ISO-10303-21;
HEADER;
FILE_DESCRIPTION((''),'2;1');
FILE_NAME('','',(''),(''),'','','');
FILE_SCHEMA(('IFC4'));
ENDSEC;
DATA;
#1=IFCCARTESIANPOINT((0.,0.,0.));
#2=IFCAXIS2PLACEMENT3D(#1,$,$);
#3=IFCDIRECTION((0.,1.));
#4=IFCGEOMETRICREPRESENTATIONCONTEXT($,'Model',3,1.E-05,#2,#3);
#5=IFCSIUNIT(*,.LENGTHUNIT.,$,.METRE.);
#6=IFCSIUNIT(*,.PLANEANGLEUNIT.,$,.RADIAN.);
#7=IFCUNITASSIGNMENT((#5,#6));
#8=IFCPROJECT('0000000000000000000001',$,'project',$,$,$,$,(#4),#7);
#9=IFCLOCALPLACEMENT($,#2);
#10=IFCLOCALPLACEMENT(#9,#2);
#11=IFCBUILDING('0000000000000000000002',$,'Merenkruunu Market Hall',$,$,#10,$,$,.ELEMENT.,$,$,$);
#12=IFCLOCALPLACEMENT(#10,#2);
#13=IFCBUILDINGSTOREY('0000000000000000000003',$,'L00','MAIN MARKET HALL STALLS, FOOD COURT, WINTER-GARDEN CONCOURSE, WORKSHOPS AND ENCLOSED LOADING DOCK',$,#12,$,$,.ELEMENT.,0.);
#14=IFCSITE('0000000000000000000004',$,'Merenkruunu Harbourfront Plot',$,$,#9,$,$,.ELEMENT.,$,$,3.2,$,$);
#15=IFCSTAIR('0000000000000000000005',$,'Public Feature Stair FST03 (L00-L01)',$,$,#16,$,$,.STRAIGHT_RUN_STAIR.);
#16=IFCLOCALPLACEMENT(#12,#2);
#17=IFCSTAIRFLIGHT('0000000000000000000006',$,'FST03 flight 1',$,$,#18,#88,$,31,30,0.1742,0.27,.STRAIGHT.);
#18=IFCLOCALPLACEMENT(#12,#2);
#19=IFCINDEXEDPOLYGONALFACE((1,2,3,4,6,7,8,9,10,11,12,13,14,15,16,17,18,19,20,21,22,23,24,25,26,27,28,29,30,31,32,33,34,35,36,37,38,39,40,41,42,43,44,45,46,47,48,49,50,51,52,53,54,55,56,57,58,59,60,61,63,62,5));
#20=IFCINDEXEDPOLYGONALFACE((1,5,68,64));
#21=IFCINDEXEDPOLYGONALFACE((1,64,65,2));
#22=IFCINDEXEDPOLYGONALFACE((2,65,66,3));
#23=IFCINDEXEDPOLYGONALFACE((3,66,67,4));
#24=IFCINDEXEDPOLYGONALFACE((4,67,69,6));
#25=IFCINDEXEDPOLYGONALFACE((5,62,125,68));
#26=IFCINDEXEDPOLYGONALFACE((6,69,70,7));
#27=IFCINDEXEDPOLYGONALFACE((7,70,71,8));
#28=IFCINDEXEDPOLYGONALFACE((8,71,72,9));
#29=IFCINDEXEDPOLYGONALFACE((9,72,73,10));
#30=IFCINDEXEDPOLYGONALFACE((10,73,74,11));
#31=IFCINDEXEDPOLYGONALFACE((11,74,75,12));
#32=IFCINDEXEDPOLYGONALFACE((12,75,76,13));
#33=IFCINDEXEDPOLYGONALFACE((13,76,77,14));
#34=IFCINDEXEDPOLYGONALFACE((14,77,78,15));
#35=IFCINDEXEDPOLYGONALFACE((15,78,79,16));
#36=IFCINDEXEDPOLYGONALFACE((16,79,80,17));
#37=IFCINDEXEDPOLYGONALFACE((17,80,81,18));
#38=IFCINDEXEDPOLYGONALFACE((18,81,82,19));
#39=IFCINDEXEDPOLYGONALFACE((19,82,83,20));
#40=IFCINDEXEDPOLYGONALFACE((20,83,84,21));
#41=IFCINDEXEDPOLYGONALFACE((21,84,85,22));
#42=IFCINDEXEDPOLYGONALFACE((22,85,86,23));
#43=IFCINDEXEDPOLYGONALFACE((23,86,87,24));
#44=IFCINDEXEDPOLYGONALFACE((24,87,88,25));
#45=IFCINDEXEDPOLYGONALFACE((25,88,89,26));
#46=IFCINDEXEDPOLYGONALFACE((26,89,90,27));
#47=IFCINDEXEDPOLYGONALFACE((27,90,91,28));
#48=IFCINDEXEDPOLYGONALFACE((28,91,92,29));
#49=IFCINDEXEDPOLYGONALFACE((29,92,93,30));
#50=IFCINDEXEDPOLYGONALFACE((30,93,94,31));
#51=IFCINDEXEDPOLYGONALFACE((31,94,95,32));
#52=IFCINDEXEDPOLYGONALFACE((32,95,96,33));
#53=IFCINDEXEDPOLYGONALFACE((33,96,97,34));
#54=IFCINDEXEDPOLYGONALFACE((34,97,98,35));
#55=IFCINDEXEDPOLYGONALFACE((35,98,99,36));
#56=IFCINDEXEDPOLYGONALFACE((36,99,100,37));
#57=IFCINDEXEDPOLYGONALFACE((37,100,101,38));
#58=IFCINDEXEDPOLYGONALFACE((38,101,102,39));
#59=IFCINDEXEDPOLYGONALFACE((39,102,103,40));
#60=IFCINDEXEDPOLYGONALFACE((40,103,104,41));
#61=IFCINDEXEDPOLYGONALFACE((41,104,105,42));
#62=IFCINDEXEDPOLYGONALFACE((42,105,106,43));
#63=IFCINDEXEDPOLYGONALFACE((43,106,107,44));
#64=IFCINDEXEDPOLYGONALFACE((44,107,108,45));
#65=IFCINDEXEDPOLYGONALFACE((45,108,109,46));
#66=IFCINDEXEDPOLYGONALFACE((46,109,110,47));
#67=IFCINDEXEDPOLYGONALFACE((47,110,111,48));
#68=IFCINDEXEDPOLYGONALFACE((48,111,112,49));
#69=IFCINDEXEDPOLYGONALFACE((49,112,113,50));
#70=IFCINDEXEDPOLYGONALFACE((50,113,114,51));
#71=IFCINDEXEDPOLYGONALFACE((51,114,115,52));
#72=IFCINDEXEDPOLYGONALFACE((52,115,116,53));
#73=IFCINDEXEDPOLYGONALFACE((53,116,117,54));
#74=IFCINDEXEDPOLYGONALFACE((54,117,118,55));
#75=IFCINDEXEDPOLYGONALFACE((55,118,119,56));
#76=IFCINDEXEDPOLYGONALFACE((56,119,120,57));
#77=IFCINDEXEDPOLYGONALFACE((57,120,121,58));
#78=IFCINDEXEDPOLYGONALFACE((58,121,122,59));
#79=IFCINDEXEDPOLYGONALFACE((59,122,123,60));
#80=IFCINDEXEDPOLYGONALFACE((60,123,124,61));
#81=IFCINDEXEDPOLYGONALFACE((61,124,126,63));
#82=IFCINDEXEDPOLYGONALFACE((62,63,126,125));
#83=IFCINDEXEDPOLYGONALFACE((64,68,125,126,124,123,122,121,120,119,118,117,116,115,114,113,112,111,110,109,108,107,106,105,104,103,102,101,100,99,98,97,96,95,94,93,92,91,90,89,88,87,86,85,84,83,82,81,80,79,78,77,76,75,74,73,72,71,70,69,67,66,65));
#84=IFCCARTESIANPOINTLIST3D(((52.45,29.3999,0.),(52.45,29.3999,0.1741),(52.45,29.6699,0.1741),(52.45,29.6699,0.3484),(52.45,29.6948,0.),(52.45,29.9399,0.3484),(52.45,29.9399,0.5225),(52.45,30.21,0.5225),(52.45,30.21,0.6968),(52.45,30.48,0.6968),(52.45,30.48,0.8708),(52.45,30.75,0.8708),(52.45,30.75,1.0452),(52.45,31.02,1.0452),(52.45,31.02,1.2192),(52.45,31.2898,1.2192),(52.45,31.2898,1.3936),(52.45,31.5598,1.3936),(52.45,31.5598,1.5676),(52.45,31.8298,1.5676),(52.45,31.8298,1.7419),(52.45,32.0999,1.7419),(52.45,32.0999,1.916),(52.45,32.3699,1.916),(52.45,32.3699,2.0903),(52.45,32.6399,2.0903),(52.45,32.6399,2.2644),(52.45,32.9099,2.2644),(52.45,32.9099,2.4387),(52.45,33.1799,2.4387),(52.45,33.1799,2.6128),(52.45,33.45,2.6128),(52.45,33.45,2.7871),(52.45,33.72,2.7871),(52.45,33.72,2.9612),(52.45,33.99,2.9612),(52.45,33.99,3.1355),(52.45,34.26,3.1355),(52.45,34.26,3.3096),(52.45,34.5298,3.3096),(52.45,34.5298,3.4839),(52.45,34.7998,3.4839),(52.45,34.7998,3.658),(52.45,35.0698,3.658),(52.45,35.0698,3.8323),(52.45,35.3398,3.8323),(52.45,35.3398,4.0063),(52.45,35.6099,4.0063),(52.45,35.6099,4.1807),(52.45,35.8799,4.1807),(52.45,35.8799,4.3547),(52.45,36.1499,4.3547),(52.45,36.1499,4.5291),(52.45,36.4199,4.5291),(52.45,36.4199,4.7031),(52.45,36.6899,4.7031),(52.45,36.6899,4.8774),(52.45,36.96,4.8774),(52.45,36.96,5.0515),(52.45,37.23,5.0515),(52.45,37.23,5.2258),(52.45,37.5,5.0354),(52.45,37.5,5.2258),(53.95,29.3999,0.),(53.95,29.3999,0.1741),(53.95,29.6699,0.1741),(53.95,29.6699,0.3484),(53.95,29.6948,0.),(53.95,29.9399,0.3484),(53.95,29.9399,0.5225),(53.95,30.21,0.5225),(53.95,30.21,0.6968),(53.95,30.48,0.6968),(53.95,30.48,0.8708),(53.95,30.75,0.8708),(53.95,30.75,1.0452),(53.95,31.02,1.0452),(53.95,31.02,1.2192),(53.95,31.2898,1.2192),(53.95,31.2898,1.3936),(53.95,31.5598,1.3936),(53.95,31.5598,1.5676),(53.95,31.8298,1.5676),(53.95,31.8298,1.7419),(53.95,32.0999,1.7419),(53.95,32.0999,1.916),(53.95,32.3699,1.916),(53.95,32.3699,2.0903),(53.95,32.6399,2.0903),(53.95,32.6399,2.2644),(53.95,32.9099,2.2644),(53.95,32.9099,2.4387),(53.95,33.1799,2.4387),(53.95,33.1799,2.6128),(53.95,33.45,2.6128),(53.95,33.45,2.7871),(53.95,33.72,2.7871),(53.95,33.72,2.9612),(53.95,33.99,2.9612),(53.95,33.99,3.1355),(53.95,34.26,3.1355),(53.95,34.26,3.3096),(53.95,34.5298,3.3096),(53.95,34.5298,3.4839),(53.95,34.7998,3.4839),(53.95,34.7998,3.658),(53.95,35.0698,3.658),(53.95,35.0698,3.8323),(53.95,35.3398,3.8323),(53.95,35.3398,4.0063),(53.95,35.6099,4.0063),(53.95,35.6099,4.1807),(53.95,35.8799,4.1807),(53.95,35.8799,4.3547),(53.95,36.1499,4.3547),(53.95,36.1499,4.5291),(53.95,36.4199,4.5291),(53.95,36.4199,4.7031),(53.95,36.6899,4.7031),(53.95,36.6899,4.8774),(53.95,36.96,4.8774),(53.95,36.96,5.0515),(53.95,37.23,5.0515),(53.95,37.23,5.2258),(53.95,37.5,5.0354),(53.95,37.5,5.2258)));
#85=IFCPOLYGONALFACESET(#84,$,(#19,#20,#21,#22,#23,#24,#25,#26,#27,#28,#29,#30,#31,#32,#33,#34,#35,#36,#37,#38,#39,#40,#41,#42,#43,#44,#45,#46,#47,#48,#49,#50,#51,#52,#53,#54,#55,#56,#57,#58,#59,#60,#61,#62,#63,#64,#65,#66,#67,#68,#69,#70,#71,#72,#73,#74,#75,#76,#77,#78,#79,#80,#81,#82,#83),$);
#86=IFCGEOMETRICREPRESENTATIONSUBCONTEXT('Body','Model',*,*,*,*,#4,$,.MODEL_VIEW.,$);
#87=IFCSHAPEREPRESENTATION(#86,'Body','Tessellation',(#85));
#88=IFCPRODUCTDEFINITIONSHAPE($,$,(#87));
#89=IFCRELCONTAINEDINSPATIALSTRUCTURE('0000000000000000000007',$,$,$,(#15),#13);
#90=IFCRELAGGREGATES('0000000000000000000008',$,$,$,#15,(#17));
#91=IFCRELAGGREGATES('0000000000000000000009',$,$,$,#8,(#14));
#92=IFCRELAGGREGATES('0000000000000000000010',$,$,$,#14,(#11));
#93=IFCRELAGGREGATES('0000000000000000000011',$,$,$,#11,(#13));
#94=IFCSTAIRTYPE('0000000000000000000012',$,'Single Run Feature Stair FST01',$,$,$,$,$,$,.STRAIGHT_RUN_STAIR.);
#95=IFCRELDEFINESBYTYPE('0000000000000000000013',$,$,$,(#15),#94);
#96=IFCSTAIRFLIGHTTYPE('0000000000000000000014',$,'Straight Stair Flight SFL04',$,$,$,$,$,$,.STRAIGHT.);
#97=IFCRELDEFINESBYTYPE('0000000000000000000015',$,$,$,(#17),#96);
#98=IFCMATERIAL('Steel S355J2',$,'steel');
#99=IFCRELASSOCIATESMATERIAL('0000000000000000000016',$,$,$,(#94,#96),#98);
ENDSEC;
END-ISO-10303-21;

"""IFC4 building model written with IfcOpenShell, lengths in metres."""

from ifc_helpers import new_model, si_unit, direction, frame, origin, place, context, subcontext, project, spatial, polyline, outline, extrude, material, type_object, element, aggregate, save


model = new_model("IFC4")

# Units and contexts
model_context = context("Model", 3, precision=1e-05, world=origin(), true_north=direction((0.0, 1.0)))
body_context = subcontext(model_context, "Body", "Model", "MODEL_VIEW")
ifc_project = project(units=[si_unit("LENGTHUNIT", "METRE"), si_unit("PLANEANGLEUNIT", "RADIAN")], contexts=[model_context])

# Site, building, storey
site_placement = place(None, origin())
site = spatial("IfcSite", under=ifc_project, at=site_placement, Name="Merenkruunu Harbourfront Plot", CompositionType="ELEMENT", RefElevation=3.2)
building_placement = place(site_placement, origin())
building = spatial("IfcBuilding", under=site, at=building_placement, Name="Merenkruunu Market Hall", CompositionType="ELEMENT")
storey_placement = place(building_placement, origin())
storey = spatial("IfcBuildingStorey", under=building, at=storey_placement, Name="L00", Description="MAIN MARKET HALL STALLS, FOOD COURT, WINTER-GARDEN CONCOURSE, WORKSHOPS AND ENCLOSED LOADING DOCK", CompositionType="ELEMENT", Elevation=0.0)

# Shared definitions
ifc_material_1 = material(Name="Steel S355J2", Category="steel")

# Stair, stair flight
stair_type = type_object("IfcStairType", Name="Single Run Feature Stair FST01", PredefinedType="STRAIGHT_RUN_STAIR", material=ifc_material_1)
stair_placement = place(storey_placement, origin())
stair = element("IfcStair", 1, at=stair_placement, inside=storey, type_object=stair_type, Name="Public Feature Stair FST03 (L00-L01)", PredefinedType="STRAIGHT_RUN_STAIR")
stair_flight_type = type_object("IfcStairFlightType", Name="Straight Stair Flight SFL04", PredefinedType="STRAIGHT", material=ifc_material_1)
stair_flight_placement = place(storey_placement, frame((53.2, 29.3999, 0.0), z_axis=(0.0, 0.0, 1.0), x_axis=(0.0, 1.0, 0.0)))
stair_flight = element("IfcStairFlight", 2, at=stair_flight_placement, type_object=stair_flight_type, Name="FST03 flight 1", NumberOfRisers=31, NumberOfTreads=30, PredefinedType="STRAIGHT", RiserHeight=0.1742, TreadLength=0.27, context=body_context, shape_type="SweptSolid", body=[
    extrude(outline(polyline([(0.0, 0.0), (0.0, 0.1741), (0.27, 0.1741), (0.27, 0.3484), (0.54, 0.3484), (0.54, 0.5225), (0.8101, 0.5225), (0.8101, 0.6968), (1.0801, 0.6968), (1.0801, 0.8708), (1.3501, 0.8708), (1.3501, 1.0452), (1.6201, 1.0452), (1.6201, 1.2192), (1.8899, 1.2192), (1.8899, 1.3936), (2.1599, 1.3936), (2.1599, 1.5676), (2.4299, 1.5676), (2.4299, 1.7419), (2.7, 1.7419), (2.7, 1.916), (2.97, 1.916), (2.97, 2.0903), (3.24, 2.0903), (3.24, 2.2644), (3.51, 2.2644), (3.51, 2.4387), (3.78, 2.4387), (3.78, 2.6128), (4.05, 2.6128), (4.05, 2.7871), (4.3201, 2.7871), (4.3201, 2.9612), (4.5901, 2.9612), (4.5901, 3.1355), (4.8601, 3.1355), (4.8601, 3.3096), (5.1299, 3.3096), (5.1299, 3.4839), (5.3999, 3.4839), (5.3999, 3.658), (5.6699, 3.658), (5.6699, 3.8323), (5.9399, 3.8323), (5.9399, 4.0063), (6.21, 4.0063), (6.21, 4.1807), (6.48, 4.1807), (6.48, 4.3547), (6.75, 4.3547), (6.75, 4.5291), (7.02, 4.5291), (7.02, 4.7031), (7.29, 4.7031), (7.29, 4.8774), (7.5601, 4.8774), (7.5601, 5.0515), (7.8301, 5.0515), (7.8301, 5.2258), (8.1001, 5.2258), (8.1001, 5.3999), (8.1001, 5.0354), (0.2949, 0.0), (0.0, 0.0)])), frame((0.0, 0.75, 0.0), z_axis=(0.0, -1.0, 0.0), x_axis=(1.0, 0.0, 0.0)), (0.0, 0.0, 1.0), 1.5),
])
aggregate(stair, [stair_flight])

save(model, "model.ifc")
